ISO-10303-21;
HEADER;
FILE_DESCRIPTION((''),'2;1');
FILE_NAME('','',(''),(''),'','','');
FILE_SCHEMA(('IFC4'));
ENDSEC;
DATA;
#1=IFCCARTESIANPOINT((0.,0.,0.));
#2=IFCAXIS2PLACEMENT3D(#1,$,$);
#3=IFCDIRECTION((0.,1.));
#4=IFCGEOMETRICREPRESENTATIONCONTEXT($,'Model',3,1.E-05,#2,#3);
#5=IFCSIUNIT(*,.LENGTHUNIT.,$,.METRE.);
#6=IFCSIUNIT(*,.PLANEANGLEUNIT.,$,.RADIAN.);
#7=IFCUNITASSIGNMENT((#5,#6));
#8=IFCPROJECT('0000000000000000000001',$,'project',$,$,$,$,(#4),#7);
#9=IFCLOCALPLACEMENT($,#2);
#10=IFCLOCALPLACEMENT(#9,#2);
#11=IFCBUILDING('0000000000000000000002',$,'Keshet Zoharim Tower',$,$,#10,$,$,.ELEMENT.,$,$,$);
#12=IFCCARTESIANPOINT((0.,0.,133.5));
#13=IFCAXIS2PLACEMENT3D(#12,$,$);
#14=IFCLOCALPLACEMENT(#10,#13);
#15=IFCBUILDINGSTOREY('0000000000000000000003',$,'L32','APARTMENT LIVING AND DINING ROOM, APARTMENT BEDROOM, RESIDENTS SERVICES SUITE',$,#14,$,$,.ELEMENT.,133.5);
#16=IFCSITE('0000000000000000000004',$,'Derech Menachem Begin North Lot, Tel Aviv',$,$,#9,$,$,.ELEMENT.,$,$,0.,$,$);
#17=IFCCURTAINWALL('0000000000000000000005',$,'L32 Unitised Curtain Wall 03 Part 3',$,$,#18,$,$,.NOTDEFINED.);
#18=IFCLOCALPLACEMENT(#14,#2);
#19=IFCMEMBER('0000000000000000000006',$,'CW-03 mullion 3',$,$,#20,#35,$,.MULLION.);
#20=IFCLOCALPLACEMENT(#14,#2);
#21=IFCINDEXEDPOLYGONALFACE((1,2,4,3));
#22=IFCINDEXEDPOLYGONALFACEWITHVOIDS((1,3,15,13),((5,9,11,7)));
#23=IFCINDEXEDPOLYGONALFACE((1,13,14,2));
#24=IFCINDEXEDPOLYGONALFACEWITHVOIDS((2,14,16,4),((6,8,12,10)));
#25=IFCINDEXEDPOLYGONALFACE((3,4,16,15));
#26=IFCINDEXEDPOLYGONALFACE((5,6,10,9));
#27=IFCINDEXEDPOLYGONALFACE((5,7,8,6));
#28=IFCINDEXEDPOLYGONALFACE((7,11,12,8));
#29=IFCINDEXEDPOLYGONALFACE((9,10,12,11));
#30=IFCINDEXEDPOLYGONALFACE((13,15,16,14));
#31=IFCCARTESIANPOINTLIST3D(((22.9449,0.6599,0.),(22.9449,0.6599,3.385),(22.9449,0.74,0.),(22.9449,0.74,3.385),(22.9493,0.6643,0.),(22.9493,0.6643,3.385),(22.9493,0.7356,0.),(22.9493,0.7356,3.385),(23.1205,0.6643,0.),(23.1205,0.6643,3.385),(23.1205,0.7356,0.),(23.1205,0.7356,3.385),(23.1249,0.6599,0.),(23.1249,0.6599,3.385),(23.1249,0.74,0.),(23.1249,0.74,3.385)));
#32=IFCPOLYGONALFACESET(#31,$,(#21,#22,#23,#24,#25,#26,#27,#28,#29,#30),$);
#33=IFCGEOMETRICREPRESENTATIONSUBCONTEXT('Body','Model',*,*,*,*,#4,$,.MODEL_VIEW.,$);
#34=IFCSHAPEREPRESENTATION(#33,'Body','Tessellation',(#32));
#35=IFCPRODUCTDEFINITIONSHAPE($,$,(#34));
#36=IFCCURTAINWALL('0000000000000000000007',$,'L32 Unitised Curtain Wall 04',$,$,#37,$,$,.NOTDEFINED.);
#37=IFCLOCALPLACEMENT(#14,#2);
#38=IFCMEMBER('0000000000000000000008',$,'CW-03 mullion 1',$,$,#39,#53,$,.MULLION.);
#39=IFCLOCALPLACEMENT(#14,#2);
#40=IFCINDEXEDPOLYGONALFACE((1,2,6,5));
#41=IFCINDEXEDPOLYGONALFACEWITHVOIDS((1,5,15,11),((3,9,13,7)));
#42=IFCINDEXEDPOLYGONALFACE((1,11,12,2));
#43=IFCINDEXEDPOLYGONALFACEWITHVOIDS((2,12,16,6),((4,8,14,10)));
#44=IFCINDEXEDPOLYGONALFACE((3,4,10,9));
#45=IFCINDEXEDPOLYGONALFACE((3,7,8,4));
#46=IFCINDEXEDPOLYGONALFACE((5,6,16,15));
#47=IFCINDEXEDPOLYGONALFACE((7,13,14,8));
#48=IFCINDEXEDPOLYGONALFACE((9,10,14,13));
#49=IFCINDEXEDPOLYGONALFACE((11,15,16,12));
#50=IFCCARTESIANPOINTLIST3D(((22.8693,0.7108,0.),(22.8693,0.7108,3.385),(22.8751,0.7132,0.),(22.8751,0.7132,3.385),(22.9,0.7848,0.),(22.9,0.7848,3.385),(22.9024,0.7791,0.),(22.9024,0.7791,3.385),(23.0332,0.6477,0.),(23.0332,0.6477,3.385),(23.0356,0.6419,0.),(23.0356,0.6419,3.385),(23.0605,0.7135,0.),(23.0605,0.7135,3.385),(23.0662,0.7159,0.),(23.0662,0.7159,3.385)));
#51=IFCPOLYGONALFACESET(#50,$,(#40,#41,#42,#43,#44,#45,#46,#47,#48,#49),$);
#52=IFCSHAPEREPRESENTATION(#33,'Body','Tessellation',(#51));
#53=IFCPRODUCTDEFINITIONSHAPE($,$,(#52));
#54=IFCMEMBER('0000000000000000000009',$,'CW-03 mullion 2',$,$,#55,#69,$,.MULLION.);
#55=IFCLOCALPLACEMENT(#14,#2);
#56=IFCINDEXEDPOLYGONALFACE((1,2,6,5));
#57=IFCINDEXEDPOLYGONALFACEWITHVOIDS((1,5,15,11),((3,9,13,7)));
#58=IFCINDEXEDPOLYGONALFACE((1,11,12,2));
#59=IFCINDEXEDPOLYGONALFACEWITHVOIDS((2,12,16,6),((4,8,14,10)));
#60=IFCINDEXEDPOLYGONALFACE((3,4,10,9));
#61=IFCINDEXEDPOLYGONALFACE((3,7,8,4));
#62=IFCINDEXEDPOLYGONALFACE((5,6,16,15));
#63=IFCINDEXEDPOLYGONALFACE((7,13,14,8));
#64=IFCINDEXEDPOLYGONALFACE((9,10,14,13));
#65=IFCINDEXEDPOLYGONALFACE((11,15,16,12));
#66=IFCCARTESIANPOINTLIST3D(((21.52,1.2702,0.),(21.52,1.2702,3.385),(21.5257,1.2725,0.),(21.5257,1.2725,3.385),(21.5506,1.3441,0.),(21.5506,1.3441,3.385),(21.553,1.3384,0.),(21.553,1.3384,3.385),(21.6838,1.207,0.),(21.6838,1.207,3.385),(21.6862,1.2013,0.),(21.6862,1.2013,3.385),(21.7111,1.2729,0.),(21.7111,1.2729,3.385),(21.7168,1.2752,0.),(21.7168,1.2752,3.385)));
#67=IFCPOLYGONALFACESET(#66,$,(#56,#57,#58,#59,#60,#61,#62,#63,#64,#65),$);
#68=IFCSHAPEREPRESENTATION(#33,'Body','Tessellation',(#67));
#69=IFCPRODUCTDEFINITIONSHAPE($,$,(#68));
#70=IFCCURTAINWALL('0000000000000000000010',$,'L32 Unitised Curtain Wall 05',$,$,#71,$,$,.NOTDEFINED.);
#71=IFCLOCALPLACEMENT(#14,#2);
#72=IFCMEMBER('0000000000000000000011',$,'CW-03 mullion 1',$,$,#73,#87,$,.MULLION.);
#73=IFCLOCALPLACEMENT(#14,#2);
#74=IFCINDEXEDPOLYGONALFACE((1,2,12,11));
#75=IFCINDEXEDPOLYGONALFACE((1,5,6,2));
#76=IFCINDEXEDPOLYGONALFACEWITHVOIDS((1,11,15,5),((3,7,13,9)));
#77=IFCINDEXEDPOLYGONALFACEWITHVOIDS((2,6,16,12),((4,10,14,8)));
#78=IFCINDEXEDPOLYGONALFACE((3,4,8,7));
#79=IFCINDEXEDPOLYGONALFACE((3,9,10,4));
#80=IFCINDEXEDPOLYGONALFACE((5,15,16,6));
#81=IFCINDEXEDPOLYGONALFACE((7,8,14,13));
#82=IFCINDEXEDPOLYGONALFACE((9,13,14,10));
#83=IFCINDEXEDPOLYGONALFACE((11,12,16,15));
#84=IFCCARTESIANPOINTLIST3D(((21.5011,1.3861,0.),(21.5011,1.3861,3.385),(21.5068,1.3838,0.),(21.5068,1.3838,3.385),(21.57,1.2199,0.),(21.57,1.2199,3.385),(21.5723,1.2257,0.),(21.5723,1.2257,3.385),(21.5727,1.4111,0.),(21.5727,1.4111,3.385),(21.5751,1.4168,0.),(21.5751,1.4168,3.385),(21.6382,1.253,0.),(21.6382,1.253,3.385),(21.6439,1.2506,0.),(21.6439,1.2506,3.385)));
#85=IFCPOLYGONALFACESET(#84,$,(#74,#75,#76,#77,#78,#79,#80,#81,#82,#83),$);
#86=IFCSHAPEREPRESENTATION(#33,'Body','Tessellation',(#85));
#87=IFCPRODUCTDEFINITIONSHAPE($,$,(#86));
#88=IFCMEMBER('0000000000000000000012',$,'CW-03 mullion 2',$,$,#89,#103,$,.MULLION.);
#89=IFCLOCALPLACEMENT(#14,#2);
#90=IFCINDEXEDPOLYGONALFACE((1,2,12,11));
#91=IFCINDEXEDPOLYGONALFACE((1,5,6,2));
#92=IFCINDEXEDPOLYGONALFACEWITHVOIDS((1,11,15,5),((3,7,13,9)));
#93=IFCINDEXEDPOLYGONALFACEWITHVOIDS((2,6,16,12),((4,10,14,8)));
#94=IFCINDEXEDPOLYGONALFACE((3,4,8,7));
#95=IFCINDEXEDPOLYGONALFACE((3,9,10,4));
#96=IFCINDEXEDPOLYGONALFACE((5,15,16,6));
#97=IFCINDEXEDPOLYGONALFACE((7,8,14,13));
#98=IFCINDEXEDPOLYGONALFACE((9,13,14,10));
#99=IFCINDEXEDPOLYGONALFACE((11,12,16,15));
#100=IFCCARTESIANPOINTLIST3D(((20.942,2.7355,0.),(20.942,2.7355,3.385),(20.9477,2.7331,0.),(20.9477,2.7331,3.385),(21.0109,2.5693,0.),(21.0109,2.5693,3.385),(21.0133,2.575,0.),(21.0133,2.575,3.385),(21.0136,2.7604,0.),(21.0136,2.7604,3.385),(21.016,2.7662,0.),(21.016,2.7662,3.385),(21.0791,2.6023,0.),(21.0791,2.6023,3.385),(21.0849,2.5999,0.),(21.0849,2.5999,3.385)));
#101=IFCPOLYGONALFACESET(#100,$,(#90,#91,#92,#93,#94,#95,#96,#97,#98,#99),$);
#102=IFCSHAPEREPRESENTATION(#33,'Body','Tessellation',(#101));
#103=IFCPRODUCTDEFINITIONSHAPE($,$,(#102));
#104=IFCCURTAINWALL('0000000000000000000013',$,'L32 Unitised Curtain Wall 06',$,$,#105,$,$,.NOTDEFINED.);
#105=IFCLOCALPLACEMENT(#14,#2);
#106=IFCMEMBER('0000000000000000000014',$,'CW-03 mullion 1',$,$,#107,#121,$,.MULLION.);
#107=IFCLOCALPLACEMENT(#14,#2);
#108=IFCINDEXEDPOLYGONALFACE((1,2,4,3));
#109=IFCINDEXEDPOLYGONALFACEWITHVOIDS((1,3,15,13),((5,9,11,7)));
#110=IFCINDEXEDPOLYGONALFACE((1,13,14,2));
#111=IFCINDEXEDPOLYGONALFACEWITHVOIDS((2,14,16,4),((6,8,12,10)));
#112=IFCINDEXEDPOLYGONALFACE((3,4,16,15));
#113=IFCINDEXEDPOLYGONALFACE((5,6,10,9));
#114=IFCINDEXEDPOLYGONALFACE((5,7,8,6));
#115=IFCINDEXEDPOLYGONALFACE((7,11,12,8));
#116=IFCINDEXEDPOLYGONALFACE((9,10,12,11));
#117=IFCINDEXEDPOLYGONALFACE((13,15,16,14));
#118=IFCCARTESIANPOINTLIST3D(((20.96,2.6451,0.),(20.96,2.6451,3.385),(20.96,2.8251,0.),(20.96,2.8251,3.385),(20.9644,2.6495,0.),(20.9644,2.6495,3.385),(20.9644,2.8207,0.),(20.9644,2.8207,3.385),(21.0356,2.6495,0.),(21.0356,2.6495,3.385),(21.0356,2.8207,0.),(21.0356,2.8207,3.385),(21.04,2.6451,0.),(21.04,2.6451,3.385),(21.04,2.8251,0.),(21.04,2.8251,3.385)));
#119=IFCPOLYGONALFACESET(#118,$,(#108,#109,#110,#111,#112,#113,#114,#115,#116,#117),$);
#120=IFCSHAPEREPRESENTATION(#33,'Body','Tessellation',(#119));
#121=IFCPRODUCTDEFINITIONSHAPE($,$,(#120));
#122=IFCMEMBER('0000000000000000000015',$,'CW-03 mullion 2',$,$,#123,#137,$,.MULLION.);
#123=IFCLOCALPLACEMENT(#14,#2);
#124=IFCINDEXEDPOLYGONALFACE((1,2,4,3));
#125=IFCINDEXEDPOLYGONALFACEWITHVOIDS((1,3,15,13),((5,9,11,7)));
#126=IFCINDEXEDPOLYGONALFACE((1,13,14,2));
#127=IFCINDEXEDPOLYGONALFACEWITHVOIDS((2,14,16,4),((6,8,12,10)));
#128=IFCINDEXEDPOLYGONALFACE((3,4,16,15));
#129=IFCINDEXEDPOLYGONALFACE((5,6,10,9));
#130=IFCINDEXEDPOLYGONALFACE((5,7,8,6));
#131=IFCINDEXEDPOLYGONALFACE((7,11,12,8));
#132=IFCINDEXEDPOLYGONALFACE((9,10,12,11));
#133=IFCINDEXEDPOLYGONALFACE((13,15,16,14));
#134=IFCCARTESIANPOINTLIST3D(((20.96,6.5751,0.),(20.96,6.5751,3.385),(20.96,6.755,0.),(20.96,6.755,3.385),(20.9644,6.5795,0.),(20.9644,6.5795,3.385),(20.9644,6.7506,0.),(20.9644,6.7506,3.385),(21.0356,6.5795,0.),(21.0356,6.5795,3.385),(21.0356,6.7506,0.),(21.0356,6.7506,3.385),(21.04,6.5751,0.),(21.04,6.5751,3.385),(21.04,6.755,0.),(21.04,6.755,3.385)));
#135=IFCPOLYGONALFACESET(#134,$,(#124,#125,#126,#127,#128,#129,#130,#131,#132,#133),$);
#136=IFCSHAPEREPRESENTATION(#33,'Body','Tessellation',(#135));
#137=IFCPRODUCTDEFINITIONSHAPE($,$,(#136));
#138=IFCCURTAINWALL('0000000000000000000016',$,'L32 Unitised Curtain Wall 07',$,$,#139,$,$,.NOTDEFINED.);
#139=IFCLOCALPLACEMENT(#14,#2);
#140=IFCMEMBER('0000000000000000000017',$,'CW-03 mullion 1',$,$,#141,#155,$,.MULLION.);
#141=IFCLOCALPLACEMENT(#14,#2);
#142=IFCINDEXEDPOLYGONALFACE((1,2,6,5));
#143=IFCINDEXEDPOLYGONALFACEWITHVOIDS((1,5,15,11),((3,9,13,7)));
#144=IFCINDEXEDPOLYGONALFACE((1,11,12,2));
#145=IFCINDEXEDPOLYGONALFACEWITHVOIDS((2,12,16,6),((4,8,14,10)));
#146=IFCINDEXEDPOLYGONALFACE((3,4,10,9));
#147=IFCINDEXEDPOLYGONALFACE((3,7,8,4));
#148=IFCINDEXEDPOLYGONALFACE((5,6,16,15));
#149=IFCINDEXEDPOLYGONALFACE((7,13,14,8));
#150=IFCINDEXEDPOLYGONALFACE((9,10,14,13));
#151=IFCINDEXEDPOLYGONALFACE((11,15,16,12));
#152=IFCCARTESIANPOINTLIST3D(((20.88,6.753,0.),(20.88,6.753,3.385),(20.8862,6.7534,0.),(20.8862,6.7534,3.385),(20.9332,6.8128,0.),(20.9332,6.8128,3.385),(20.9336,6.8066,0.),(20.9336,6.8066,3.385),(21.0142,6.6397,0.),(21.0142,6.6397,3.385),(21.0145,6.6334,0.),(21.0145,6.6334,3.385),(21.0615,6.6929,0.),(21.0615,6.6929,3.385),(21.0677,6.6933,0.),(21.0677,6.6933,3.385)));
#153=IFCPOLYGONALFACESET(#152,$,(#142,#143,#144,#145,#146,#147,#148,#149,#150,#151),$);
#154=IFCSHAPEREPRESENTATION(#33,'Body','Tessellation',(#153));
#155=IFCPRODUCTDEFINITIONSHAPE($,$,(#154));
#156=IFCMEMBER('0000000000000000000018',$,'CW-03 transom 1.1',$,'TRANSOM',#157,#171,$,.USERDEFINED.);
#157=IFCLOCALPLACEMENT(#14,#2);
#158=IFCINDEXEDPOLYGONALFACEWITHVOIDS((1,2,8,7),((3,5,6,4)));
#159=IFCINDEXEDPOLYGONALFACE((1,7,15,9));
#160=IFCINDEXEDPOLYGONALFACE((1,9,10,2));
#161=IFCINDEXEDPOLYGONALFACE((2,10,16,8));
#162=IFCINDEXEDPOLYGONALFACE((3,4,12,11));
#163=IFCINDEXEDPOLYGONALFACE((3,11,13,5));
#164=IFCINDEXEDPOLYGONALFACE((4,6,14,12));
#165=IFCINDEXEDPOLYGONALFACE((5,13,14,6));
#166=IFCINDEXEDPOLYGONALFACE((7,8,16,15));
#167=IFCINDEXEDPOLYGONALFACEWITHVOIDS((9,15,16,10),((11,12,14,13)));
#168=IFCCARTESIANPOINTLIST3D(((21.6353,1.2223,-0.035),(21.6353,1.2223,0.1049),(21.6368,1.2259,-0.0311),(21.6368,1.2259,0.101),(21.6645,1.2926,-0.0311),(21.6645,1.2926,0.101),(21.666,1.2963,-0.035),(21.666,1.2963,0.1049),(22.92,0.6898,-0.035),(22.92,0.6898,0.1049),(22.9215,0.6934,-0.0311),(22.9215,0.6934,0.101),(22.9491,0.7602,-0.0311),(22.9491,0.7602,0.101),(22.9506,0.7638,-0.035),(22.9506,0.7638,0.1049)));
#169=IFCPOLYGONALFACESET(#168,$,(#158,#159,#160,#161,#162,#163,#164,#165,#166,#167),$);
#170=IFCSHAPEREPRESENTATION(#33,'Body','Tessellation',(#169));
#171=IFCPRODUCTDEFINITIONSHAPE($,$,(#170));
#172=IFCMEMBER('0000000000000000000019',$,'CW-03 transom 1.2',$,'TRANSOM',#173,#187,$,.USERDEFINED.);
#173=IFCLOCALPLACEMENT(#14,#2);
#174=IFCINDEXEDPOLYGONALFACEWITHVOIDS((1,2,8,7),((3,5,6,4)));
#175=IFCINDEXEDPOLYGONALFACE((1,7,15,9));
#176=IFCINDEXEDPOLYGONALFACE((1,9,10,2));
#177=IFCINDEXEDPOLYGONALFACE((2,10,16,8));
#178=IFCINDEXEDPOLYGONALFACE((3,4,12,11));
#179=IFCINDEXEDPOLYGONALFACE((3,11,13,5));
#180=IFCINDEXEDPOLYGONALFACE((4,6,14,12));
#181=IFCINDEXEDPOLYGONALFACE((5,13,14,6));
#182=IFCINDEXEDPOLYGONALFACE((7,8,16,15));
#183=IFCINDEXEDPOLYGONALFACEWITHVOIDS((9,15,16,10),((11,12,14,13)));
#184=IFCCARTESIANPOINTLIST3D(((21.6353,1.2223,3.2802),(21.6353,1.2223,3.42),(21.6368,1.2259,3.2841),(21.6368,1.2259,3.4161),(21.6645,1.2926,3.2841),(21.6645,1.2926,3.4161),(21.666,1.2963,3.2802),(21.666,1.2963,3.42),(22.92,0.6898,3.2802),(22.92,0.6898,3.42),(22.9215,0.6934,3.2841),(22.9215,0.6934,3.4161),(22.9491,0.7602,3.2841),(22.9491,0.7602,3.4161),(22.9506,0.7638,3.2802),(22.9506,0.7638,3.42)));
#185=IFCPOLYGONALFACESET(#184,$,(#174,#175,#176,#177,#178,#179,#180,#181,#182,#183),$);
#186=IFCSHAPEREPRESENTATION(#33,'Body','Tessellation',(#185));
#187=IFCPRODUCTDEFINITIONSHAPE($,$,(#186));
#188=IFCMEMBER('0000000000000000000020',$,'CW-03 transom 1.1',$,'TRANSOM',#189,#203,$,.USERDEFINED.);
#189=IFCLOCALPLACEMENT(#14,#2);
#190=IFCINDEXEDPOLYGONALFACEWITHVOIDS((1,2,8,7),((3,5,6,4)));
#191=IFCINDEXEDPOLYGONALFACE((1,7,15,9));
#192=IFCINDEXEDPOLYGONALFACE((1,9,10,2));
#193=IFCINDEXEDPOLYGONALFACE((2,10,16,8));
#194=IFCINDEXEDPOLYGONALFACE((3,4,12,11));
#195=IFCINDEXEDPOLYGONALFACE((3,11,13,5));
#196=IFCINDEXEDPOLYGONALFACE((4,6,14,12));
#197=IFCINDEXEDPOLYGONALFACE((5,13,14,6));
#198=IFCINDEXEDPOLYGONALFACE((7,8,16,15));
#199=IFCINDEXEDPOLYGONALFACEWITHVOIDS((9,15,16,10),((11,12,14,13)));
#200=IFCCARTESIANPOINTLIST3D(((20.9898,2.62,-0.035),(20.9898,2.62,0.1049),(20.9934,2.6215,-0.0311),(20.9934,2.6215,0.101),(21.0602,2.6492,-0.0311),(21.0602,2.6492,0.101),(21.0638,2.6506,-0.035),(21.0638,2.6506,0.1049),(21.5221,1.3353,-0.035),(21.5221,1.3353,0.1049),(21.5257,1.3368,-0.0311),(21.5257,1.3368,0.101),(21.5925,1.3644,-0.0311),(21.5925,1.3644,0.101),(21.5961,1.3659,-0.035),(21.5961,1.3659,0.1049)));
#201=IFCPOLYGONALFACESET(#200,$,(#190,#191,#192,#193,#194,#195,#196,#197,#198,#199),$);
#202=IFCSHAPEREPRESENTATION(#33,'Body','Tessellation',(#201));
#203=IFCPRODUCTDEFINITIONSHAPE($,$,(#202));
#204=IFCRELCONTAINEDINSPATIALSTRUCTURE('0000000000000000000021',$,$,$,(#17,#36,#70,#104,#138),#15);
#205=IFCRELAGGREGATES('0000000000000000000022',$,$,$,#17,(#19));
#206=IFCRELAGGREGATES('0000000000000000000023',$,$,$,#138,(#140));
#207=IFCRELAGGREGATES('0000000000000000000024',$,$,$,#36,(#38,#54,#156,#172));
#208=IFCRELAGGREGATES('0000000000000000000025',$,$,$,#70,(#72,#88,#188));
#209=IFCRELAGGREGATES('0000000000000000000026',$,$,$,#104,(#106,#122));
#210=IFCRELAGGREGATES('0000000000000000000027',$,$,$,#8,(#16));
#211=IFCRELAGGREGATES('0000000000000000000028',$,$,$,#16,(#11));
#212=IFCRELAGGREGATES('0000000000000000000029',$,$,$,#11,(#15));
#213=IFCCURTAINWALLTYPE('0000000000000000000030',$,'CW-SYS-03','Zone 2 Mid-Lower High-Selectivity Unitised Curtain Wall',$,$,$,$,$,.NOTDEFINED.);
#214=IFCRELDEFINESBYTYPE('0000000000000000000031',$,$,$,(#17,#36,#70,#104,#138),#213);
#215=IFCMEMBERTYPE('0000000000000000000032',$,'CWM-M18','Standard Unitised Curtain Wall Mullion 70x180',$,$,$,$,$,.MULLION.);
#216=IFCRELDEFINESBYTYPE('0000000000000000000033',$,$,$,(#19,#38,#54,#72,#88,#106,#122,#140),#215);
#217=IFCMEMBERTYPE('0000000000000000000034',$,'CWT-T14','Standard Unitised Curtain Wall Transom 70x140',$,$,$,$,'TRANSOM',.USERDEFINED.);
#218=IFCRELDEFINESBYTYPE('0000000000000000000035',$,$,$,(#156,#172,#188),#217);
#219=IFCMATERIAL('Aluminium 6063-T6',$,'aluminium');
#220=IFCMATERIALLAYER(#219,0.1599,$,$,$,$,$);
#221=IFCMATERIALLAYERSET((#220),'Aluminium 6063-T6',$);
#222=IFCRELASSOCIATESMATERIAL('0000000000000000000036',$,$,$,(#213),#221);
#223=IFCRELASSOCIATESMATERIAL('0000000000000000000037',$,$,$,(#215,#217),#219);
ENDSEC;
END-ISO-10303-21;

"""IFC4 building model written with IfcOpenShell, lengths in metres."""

from ifc_helpers import new_model, si_unit, direction, frame, origin, origin_2d, place, context, subcontext, project, spatial, hollow_rectangle, extrude, material, layer, layer_set, material_profile, profile_set, type_object, element, aggregate, save


model = new_model("IFC4")

# Units and contexts
model_context = context("Model", 3, precision=1e-05, world=origin(), true_north=direction((0.0, 1.0)))
body_context = subcontext(model_context, "Body", "Model", "MODEL_VIEW")
ifc_project = project(units=[si_unit("LENGTHUNIT", "METRE"), si_unit("PLANEANGLEUNIT", "RADIAN")], contexts=[model_context])

# Site, building, storey
site_placement = place(None, origin())
site = spatial("IfcSite", under=ifc_project, at=site_placement, Name="Derech Menachem Begin North Lot, Tel Aviv", CompositionType="ELEMENT", RefElevation=0.0)
building_placement = place(site_placement, origin())
building = spatial("IfcBuilding", under=site, at=building_placement, Name="Keshet Zoharim Tower", CompositionType="ELEMENT")
storey_placement = place(building_placement, frame((0.0, 0.0, 133.5)))
storey = spatial("IfcBuildingStorey", under=building, at=storey_placement, Name="L32", Description="APARTMENT LIVING AND DINING ROOM, APARTMENT BEDROOM, RESIDENTS SERVICES SUITE", CompositionType="ELEMENT", Elevation=133.5)

# Curtain wall, member
ifc_material_1 = material(Name="Aluminium 6063-T6", Category="aluminium")
ifc_layer_1 = layer(ifc_material_1, 0.1599)
ifc_layer_set_1 = layer_set([ifc_layer_1], Name="Aluminium 6063-T6")
curtain_wall_type = type_object("IfcCurtainWallType", Name="CW-SYS-03", Description="Zone 2 Mid-Lower High-Selectivity Unitised Curtain Wall", PredefinedType="NOTDEFINED", material=ifc_layer_set_1)
curtain_wall_1_placement = place(storey_placement, origin())
curtain_wall_1 = element("IfcCurtainWall", 1, at=curtain_wall_1_placement, inside=storey, type_object=curtain_wall_type, Name="L32 Unitised Curtain Wall 03 Part 3", PredefinedType="NOTDEFINED")
ifc_material_profile_1 = material_profile(ifc_material_1, hollow_rectangle(XDim=0.0801, YDim=0.1799, WallThickness=0.0044, at=origin_2d()), Name="MUL-80x180")
ifc_profile_set_1 = profile_set([ifc_material_profile_1], Name="Aluminium 6063-T6")
member_type_1 = type_object("IfcMemberType", Name="CWM-M18", Description="Standard Unitised Curtain Wall Mullion 70x180", PredefinedType="MULLION", material=ifc_profile_set_1)
member_1_placement = place(storey_placement, frame((23.0349, 0.7, 0.0), z_axis=(0.0, 0.0, 1.0), x_axis=(0.0, -1.0, 0.0)))
member_1 = element("IfcMember", 2, at=member_1_placement, type_object=member_type_1, Name="CW-03 mullion 3", PredefinedType="MULLION", context=body_context, shape_type="SweptSolid", body=[
    extrude(hollow_rectangle(XDim=0.0801, YDim=0.1799, WallThickness=0.0044, at=origin_2d()), origin(), (0.0, 0.0, 1.0), 3.385),
])
aggregate(curtain_wall_1, [member_1])

# Curtain walls, members
curtain_wall_2_placement = place(storey_placement, origin())
curtain_wall_2 = element("IfcCurtainWall", 3, at=curtain_wall_2_placement, inside=storey, type_object=curtain_wall_type, Name="L32 Unitised Curtain Wall 04", PredefinedType="NOTDEFINED")
member_2_placement = place(storey_placement, frame((22.9678, 0.7134, 0.0), z_axis=(0.0, 0.0, 1.0), x_axis=(-0.382852, -0.92381, 0.0)))
member_2 = element("IfcMember", 4, at=member_2_placement, type_object=member_type_1, Name="CW-03 mullion 1", PredefinedType="MULLION", context=body_context, shape_type="SweptSolid", body=[
    extrude(hollow_rectangle(XDim=0.0801, YDim=0.1799, WallThickness=0.0044, at=origin_2d()), origin(), (0.0, 0.0, 1.0), 3.385),
])
member_3_placement = place(storey_placement, frame((21.6184, 1.2727, 0.0), z_axis=(0.0, 0.0, 1.0), x_axis=(-0.382852, -0.92381, 0.0)))
member_3 = element("IfcMember", 5, at=member_3_placement, type_object=member_type_1, Name="CW-03 mullion 2", PredefinedType="MULLION", context=body_context, shape_type="SweptSolid", body=[
    extrude(hollow_rectangle(XDim=0.0801, YDim=0.1799, WallThickness=0.0044, at=origin_2d()), origin(), (0.0, 0.0, 1.0), 3.385),
])
curtain_wall_3_placement = place(storey_placement, origin())
curtain_wall_3 = element("IfcCurtainWall", 6, at=curtain_wall_3_placement, inside=storey, type_object=curtain_wall_type, Name="L32 Unitised Curtain Wall 05", PredefinedType="NOTDEFINED")
member_4_placement = place(storey_placement, frame((21.5725, 1.3184, 0.0), z_axis=(0.0, 0.0, 1.0), x_axis=(-0.92381, -0.382852, 0.0)))
member_4 = element("IfcMember", 7, at=member_4_placement, type_object=member_type_1, Name="CW-03 mullion 1", PredefinedType="MULLION", context=body_context, shape_type="SweptSolid", body=[
    extrude(hollow_rectangle(XDim=0.0801, YDim=0.1799, WallThickness=0.0044, at=origin_2d()), origin(), (0.0, 0.0, 1.0), 3.385),
])
member_5_placement = place(storey_placement, frame((21.0134, 2.6677, 0.0), z_axis=(0.0, 0.0, 1.0), x_axis=(-0.92381, -0.382852, 0.0)))
member_5 = element("IfcMember", 8, at=member_5_placement, type_object=member_type_1, Name="CW-03 mullion 2", PredefinedType="MULLION", context=body_context, shape_type="SweptSolid", body=[
    extrude(hollow_rectangle(XDim=0.0801, YDim=0.1799, WallThickness=0.0044, at=origin_2d()), origin(), (0.0, 0.0, 1.0), 3.385),
])
curtain_wall_4_placement = place(storey_placement, origin())
curtain_wall_4 = element("IfcCurtainWall", 9, at=curtain_wall_4_placement, inside=storey, type_object=curtain_wall_type, Name="L32 Unitised Curtain Wall 06", PredefinedType="NOTDEFINED")
member_6_placement = place(storey_placement, frame((21.0, 2.7351, 0.0), z_axis=(0.0, 0.0, 1.0), x_axis=(-1.0, 0.0, 0.0)))
member_6 = element("IfcMember", 10, at=member_6_placement, type_object=member_type_1, Name="CW-03 mullion 1", PredefinedType="MULLION", context=body_context, shape_type="SweptSolid", body=[
    extrude(hollow_rectangle(XDim=0.0801, YDim=0.1799, WallThickness=0.0044, at=origin_2d()), origin(), (0.0, 0.0, 1.0), 3.385),
])
member_7_placement = place(storey_placement, frame((21.0, 6.665, 0.0), z_axis=(0.0, 0.0, 1.0), x_axis=(-1.0, 0.0, 0.0)))
member_7 = element("IfcMember", 11, at=member_7_placement, type_object=member_type_1, Name="CW-03 mullion 2", PredefinedType="MULLION", context=body_context, shape_type="SweptSolid", body=[
    extrude(hollow_rectangle(XDim=0.0801, YDim=0.1799, WallThickness=0.0044, at=origin_2d()), origin(), (0.0, 0.0, 1.0), 3.385),
])

# Curtain wall, member
curtain_wall_5_placement = place(storey_placement, origin())
curtain_wall_5 = element("IfcCurtainWall", 12, at=curtain_wall_5_placement, inside=storey, type_object=curtain_wall_type, Name="L32 Unitised Curtain Wall 07", PredefinedType="NOTDEFINED")
member_8_placement = place(storey_placement, frame((20.9739, 6.7231, 0.0), z_axis=(0.0, 0.0, 1.0), x_axis=(-0.664367, -0.747406, 0.0)))
member_8 = element("IfcMember", 13, at=member_8_placement, type_object=member_type_1, Name="CW-03 mullion 1", PredefinedType="MULLION", context=body_context, shape_type="SweptSolid", body=[
    extrude(hollow_rectangle(XDim=0.0801, YDim=0.1799, WallThickness=0.0044, at=origin_2d()), origin(), (0.0, 0.0, 1.0), 3.385),
])

# Members
ifc_material_profile_2 = material_profile(ifc_material_1, hollow_rectangle(XDim=0.0801, YDim=0.1399, WallThickness=0.0039, at=origin_2d()), Name="TRN-80x140")
ifc_profile_set_2 = profile_set([ifc_material_profile_2], Name="Aluminium 6063-T6")
member_type_2 = type_object("IfcMemberType", Name="CWT-T14", Description="Standard Unitised Curtain Wall Transom 70x140", ElementType="TRANSOM", PredefinedType="USERDEFINED", material=ifc_profile_set_2)
member_9_placement = place(storey_placement, frame((22.9353, 0.7268, 0.0349), z_axis=(-0.923792, 0.382894, 0.0), x_axis=(-0.382894, -0.923792, 0.0)))
member_9 = element("IfcMember", 14, at=member_9_placement, type_object=member_type_2, Name="CW-03 transom 1.1", ObjectType="TRANSOM", PredefinedType="USERDEFINED", context=body_context, shape_type="SweptSolid", body=[
    extrude(hollow_rectangle(XDim=0.0801, YDim=0.1399, WallThickness=0.0039, at=origin_2d()), origin(), (0.0, 0.0, 1.0), 1.3906),
])
member_10_placement = place(storey_placement, frame((22.9353, 0.7268, 3.3501), z_axis=(-0.923792, 0.382894, 0.0), x_axis=(-0.382894, -0.923792, 0.0)))
member_10 = element("IfcMember", 15, at=member_10_placement, type_object=member_type_2, Name="CW-03 transom 1.2", ObjectType="TRANSOM", PredefinedType="USERDEFINED", context=body_context, shape_type="SweptSolid", body=[
    extrude(hollow_rectangle(XDim=0.0801, YDim=0.1399, WallThickness=0.0039, at=origin_2d()), origin(), (0.0, 0.0, 1.0), 1.3906),
])
member_11_placement = place(storey_placement, frame((21.5591, 1.3506, 0.0349), z_axis=(-0.382745, 0.923854, 0.0), x_axis=(-0.923854, -0.382745, 0.0)))
member_11 = element("IfcMember", 16, at=member_11_placement, type_object=member_type_2, Name="CW-03 transom 1.1", ObjectType="TRANSOM", PredefinedType="USERDEFINED", context=body_context, shape_type="SweptSolid", body=[
    extrude(hollow_rectangle(XDim=0.0801, YDim=0.1399, WallThickness=0.0039, at=origin_2d()), origin(), (0.0, 0.0, 1.0), 1.3906),
])
aggregate(curtain_wall_5, [member_8])

aggregate(curtain_wall_2, [member_2, member_3, member_9, member_10])
aggregate(curtain_wall_3, [member_4, member_5, member_11])
aggregate(curtain_wall_4, [member_6, member_7])

save(model, "model.ifc")
